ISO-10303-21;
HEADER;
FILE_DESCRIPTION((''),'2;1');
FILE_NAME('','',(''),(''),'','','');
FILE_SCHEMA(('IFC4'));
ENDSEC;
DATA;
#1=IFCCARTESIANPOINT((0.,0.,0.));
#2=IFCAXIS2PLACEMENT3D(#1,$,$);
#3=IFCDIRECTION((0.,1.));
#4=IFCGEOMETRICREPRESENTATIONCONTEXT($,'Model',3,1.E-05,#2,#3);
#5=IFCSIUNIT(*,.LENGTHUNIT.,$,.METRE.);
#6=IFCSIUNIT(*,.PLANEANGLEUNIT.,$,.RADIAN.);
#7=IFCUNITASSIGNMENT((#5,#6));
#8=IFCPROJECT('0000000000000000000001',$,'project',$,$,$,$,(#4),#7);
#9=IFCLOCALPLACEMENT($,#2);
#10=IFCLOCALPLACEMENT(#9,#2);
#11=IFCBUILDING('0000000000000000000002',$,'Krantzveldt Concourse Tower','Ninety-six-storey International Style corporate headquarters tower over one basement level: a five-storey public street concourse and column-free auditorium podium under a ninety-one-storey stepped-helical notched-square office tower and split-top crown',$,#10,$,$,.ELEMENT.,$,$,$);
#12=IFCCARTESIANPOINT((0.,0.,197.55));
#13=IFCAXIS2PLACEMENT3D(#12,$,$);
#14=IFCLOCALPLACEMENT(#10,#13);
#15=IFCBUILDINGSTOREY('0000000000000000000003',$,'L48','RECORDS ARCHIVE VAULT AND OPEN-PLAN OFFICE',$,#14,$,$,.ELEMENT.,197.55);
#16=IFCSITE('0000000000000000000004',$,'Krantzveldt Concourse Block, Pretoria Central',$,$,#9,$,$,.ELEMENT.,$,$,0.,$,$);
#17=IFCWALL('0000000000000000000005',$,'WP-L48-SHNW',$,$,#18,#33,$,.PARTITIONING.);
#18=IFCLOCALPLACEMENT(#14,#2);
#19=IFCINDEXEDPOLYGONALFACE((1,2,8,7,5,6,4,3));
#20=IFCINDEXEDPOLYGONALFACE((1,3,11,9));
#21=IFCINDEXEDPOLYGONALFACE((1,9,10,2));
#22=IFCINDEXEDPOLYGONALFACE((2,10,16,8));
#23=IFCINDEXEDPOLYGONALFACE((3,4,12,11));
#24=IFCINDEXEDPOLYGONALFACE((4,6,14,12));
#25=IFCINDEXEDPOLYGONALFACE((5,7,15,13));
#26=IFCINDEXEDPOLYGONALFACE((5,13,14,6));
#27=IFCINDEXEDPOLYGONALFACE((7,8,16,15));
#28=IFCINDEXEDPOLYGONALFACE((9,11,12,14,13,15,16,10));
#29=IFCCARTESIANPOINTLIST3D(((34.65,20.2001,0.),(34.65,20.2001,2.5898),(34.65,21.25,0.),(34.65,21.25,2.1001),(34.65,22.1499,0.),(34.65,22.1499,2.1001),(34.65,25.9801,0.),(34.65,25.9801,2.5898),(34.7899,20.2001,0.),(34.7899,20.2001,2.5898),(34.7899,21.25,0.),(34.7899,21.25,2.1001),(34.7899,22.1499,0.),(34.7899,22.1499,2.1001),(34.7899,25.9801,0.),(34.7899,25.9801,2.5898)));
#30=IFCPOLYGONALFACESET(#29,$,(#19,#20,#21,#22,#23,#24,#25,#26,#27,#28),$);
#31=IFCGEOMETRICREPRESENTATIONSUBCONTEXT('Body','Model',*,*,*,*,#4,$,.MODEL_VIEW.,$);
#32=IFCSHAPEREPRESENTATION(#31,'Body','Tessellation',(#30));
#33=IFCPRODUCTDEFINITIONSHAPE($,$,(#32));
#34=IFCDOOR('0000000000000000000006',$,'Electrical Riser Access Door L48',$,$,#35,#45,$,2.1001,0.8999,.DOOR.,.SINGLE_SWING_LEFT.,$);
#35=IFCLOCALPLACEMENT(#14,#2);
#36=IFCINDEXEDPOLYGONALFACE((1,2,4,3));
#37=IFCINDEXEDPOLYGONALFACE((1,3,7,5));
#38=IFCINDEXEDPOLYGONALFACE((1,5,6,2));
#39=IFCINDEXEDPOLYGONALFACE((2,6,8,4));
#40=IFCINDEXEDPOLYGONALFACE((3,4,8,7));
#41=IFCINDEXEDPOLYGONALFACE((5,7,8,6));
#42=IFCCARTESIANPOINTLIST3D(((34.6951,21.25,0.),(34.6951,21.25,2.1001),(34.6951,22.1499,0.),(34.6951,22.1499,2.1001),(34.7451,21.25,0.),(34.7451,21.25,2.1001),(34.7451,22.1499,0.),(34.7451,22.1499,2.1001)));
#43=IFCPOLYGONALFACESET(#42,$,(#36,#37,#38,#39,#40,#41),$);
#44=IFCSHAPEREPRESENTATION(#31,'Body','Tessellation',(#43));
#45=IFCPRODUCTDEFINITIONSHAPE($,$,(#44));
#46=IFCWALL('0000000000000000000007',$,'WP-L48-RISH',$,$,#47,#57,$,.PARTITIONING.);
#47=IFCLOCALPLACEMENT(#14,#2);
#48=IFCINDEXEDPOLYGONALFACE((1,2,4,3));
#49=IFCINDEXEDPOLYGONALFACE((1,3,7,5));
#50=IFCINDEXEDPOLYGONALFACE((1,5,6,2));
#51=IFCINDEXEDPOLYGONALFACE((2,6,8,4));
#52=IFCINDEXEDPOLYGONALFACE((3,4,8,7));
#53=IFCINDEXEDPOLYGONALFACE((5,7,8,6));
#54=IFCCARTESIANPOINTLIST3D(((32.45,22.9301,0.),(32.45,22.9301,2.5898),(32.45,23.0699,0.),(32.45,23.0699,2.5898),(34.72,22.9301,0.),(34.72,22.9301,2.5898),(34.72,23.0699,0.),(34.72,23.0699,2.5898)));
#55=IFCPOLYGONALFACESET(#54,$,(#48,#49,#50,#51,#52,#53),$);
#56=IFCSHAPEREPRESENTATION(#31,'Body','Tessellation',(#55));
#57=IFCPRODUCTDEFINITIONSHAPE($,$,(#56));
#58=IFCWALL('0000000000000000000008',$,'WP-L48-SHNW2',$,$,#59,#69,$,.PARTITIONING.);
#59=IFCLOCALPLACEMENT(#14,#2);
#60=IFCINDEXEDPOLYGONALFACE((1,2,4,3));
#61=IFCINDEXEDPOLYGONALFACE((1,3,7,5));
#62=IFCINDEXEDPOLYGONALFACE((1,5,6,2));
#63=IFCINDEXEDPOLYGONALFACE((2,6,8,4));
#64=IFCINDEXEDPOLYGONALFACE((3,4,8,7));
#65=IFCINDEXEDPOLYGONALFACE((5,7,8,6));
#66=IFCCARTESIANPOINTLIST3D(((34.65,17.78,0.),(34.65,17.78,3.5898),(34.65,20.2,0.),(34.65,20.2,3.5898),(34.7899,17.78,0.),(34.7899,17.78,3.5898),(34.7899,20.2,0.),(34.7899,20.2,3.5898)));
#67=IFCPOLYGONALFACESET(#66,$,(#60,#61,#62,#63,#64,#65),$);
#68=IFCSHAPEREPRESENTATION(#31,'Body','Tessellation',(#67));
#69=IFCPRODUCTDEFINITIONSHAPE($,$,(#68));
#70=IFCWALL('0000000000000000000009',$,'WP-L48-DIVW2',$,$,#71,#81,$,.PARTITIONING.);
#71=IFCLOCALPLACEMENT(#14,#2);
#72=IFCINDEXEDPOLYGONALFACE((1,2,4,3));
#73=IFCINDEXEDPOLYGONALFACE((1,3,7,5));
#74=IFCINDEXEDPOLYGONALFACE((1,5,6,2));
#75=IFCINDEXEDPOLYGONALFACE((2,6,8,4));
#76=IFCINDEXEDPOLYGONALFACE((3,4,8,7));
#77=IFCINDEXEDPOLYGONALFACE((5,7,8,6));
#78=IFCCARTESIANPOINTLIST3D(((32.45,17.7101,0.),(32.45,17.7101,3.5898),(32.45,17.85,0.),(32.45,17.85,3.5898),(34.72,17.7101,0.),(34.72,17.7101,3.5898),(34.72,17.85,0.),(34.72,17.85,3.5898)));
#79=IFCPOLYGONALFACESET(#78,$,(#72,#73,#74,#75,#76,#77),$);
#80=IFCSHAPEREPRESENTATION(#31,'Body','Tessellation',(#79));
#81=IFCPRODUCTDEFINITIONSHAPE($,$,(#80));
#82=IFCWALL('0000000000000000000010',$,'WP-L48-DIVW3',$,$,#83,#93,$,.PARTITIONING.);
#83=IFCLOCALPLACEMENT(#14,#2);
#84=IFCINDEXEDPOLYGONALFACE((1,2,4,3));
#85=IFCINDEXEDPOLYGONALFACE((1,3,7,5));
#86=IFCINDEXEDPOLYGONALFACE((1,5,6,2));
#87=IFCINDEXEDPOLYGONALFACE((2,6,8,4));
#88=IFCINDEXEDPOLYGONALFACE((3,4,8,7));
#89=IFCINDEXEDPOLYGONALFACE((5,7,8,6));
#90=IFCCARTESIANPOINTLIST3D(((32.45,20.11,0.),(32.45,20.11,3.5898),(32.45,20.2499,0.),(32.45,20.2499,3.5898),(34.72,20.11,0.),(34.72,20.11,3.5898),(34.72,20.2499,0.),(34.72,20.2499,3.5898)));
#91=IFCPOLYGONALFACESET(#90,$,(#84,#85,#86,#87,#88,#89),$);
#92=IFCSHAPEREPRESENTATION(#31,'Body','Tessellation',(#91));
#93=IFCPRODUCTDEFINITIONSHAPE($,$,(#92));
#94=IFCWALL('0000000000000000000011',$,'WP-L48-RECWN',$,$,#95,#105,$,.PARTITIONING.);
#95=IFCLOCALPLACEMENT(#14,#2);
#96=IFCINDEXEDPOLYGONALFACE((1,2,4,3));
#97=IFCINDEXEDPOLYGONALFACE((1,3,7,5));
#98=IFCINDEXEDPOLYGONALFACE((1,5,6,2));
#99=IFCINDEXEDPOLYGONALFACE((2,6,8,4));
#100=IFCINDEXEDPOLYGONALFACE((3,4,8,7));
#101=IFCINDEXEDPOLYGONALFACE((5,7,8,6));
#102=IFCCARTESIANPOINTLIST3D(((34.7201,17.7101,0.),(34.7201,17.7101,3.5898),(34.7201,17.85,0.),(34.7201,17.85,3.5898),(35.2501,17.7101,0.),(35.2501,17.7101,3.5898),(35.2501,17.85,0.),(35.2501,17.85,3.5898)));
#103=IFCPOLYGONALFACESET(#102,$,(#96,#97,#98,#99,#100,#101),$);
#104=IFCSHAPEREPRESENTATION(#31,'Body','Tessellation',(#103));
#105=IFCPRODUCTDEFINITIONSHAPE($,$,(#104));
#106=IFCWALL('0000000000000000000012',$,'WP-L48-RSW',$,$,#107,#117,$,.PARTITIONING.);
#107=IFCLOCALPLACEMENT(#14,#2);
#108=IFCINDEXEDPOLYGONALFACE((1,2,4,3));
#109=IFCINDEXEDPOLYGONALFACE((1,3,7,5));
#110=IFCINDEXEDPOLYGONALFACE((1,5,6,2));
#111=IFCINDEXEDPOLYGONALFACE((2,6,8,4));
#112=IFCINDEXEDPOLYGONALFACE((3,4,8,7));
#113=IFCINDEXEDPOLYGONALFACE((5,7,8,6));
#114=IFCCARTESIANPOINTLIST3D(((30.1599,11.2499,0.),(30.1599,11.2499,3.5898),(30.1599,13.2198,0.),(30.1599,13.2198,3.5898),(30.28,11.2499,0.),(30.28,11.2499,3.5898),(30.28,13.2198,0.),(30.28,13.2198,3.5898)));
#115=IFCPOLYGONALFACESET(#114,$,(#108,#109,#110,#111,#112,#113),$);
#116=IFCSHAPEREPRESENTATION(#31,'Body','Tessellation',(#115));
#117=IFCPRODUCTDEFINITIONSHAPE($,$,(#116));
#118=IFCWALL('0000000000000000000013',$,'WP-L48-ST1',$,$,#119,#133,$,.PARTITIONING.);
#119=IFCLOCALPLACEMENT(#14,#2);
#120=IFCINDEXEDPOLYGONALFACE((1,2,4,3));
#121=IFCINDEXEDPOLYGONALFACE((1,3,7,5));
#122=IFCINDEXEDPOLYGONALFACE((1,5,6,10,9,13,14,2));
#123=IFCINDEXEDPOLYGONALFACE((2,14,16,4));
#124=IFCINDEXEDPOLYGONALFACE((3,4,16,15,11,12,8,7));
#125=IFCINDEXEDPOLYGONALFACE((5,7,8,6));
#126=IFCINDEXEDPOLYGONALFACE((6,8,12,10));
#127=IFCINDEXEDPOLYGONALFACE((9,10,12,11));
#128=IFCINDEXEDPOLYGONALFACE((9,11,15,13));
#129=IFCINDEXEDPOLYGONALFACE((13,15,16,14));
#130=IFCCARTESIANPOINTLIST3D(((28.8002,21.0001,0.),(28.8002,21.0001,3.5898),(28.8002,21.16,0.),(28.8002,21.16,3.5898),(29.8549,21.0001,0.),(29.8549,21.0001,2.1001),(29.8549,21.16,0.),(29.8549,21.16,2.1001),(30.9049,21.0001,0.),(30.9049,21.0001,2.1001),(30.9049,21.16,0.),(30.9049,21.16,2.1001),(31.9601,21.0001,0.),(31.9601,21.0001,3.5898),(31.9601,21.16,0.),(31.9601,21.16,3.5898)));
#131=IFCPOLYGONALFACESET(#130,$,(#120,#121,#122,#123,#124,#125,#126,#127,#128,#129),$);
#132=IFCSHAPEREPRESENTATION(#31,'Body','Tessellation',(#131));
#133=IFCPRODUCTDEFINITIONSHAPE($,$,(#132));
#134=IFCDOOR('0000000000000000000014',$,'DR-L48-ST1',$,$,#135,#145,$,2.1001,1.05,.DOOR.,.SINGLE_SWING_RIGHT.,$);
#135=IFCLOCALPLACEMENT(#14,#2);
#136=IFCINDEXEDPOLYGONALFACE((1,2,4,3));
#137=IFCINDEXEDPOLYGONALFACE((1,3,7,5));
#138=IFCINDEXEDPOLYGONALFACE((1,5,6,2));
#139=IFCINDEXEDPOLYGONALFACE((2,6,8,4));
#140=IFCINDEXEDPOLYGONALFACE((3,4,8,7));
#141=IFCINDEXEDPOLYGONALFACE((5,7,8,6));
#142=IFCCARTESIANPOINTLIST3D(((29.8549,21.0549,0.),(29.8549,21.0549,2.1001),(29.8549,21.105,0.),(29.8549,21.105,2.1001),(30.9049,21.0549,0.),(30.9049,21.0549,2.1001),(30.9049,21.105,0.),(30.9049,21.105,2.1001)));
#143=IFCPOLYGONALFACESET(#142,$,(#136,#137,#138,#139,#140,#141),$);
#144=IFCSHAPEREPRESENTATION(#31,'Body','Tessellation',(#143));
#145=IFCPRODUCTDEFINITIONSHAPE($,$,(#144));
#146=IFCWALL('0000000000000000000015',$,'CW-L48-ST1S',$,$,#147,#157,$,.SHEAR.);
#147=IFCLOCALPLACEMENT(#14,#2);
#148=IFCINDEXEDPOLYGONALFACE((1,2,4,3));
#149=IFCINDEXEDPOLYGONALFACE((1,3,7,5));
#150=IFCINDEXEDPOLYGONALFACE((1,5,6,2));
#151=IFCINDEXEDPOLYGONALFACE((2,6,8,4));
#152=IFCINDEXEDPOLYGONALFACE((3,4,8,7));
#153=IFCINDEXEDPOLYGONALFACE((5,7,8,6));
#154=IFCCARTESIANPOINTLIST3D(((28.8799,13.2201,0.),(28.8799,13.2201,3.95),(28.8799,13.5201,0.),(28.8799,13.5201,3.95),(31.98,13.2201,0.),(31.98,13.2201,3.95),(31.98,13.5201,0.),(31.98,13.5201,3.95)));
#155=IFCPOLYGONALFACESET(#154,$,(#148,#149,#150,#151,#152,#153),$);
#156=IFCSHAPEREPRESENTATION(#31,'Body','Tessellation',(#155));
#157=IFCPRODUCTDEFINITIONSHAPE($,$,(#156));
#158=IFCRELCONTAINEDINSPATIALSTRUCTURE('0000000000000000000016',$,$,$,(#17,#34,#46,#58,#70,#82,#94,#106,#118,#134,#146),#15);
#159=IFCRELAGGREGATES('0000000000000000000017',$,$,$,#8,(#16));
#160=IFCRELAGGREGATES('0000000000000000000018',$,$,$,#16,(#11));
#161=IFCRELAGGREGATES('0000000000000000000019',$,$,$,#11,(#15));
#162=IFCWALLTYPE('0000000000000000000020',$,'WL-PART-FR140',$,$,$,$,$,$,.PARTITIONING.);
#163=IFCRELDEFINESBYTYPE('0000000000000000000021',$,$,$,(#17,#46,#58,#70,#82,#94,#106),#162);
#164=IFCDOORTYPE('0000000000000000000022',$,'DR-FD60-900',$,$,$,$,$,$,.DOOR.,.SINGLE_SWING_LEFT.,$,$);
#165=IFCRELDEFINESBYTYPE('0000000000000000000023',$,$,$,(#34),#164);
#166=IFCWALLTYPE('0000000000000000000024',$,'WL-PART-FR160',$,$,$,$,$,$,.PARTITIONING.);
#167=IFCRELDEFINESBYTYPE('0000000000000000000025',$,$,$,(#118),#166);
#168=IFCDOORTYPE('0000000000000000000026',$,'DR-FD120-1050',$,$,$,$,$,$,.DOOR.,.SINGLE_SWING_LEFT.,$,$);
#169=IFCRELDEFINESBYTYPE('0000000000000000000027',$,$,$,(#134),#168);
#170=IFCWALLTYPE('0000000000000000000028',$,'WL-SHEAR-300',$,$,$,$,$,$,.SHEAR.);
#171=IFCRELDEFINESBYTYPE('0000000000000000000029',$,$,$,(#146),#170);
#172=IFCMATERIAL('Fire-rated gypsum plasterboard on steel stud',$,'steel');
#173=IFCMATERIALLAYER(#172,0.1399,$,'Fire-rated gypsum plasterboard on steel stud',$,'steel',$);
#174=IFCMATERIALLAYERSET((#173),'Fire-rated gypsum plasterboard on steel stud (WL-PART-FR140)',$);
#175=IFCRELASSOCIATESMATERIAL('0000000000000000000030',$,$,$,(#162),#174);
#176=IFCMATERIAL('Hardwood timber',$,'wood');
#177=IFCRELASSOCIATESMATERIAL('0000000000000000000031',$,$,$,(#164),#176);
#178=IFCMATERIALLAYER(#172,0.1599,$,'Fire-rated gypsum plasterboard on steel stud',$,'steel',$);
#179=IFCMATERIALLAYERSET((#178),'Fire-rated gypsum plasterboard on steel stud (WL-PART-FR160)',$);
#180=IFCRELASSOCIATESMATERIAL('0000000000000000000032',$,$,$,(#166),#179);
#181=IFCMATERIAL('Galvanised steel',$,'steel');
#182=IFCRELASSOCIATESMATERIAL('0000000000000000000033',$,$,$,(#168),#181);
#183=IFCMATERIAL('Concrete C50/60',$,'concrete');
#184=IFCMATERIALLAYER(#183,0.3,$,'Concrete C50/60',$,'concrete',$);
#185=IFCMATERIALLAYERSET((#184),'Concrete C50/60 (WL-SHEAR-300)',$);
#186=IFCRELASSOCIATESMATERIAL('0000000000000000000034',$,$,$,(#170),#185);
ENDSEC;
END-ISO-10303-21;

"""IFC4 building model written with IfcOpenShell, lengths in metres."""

from ifc_helpers import new_model, si_unit, direction, frame, frame_2d, origin, place, context, subcontext, project, spatial, rectangle, extrude, material, layer, layer_set, type_object, element, fill, save


model = new_model("IFC4")

# Units and contexts
model_context = context("Model", 3, precision=1e-05, world=origin(), true_north=direction((0.0, 1.0)))
body_context = subcontext(model_context, "Body", "Model", "MODEL_VIEW")
ifc_project = project(units=[si_unit("LENGTHUNIT", "METRE"), si_unit("PLANEANGLEUNIT", "RADIAN")], contexts=[model_context])

# Site, building, storey
site_placement = place(None, origin())
site = spatial("IfcSite", under=ifc_project, at=site_placement, Name="Krantzveldt Concourse Block, Pretoria Central", CompositionType="ELEMENT", RefElevation=0.0)
building_placement = place(site_placement, origin())
building = spatial("IfcBuilding", under=site, at=building_placement, Name="Krantzveldt Concourse Tower", Description="Ninety-six-storey International Style corporate headquarters tower over one basement level: a five-storey public street concourse and column-free auditorium podium under a ninety-one-storey stepped-helical notched-square office tower and split-top crown", CompositionType="ELEMENT")
storey_placement = place(building_placement, frame((0.0, 0.0, 197.55)))
storey = spatial("IfcBuildingStorey", under=building, at=storey_placement, Name="L48", Description="RECORDS ARCHIVE VAULT AND OPEN-PLAN OFFICE", CompositionType="ELEMENT", Elevation=197.55)

# Shared definitions
ifc_material_1 = material(Name="Concrete C50/60", Category="concrete")

# Wall, opening, door
ifc_material_2 = material(Name="Fire-rated gypsum plasterboard on steel stud", Category="steel")
ifc_material_3 = material(Name="Hardwood timber", Category="wood")
ifc_layer_1 = layer(ifc_material_2, 0.1399, Name="Fire-rated gypsum plasterboard on steel stud", Category="steel")
ifc_layer_set_1 = layer_set([ifc_layer_1], Name="Fire-rated gypsum plasterboard on steel stud (WL-PART-FR140)")
wall_type_1 = type_object("IfcWallType", Name="WL-PART-FR140", PredefinedType="PARTITIONING", material=ifc_layer_set_1)
wall_1_placement = place(storey_placement, frame((34.72, 20.2, 0.0), z_axis=(0.0, 0.0, 1.0), x_axis=(0.0, 1.0, 0.0)))
wall_1 = element("IfcWall", 1, at=wall_1_placement, inside=storey, type_object=wall_type_1, Name="WP-L48-SHNW", PredefinedType="PARTITIONING", context=body_context, shape_type="SweptSolid", body=[
    extrude(rectangle(XDim=5.78, YDim=0.1399, at=frame_2d((2.8901, 0.0))), origin(), (0.0, 0.0, 1.0), 2.5898),
])
opening_1_placement = place(wall_1_placement, frame((1.05, 0.0, 0.0)))
opening_1 = element("IfcOpeningElement", 2, at=opening_1_placement, cuts=wall_1, PredefinedType="OPENING", context=body_context, shape_type="SweptSolid", body=[
    extrude(rectangle(XDim=0.8999, YDim=2.1001, at=frame_2d((0.45, 1.05))), frame((0.0, 0.0801, 0.0), z_axis=(0.0, -1.0, 0.0), x_axis=(1.0, 0.0, 0.0)), (0.0, 0.0, 1.0), 0.1599),
])
door_type_1 = type_object("IfcDoorType", Name="DR-FD60-900", OperationType="SINGLE_SWING_LEFT", PredefinedType="DOOR", material=ifc_material_3)
door_1_placement = place(opening_1_placement, origin())
door_1 = element("IfcDoor", 3, at=door_1_placement, inside=storey, type_object=door_type_1, Name="Electrical Riser Access Door L48", OperationType="SINGLE_SWING_LEFT", OverallHeight=2.1001, OverallWidth=0.8999, PredefinedType="DOOR", context=body_context, shape_type="SweptSolid", body=[
    extrude(rectangle(XDim=0.8999, YDim=2.1001, at=frame_2d((0.45, 1.05))), frame((0.0, 0.0249, 0.0), z_axis=(0.0, -1.0, 0.0), x_axis=(1.0, 0.0, 0.0)), (0.0, 0.0, 1.0), 0.05),
])
fill(opening_1, door_1)

# Walls
wall_2_placement = place(storey_placement, frame((32.45, 23.0, 0.0), z_axis=(0.0, 0.0, 1.0), x_axis=(1.0, 0.0, 0.0)))
element("IfcWall", 4, at=wall_2_placement, inside=storey, type_object=wall_type_1, Name="WP-L48-RISH", PredefinedType="PARTITIONING", context=body_context, shape_type="SweptSolid", body=[
    extrude(rectangle(XDim=2.27, YDim=0.1399, at=frame_2d((1.135, 0.0))), origin(), (0.0, 0.0, 1.0), 2.5898),
])
wall_3_placement = place(storey_placement, frame((34.72, 17.78, 0.0), z_axis=(0.0, 0.0, 1.0), x_axis=(0.0, 1.0, 0.0)))
element("IfcWall", 5, at=wall_3_placement, inside=storey, type_object=wall_type_1, Name="WP-L48-SHNW2", PredefinedType="PARTITIONING", context=body_context, shape_type="SweptSolid", body=[
    extrude(rectangle(XDim=2.4199, YDim=0.1399, at=frame_2d((1.21, 0.0))), origin(), (0.0, 0.0, 1.0), 3.5898),
])
for number, where, z_axis, x_axis, name in (
    (6, (32.45, 17.78, 0.0), (0.0, 0.0, 1.0), (1.0, 0.0, 0.0), "WP-L48-DIVW2"),
    (7, (32.45, 20.1799, 0.0), (0.0, 0.0, 1.0), (1.0, 0.0, 0.0), "WP-L48-DIVW3"),
):
    element("IfcWall", number, at=place(storey_placement, frame(where, z_axis=z_axis, x_axis=x_axis)), inside=storey, type_object=wall_type_1, Name=name, PredefinedType="PARTITIONING", context=body_context, shape_type="SweptSolid", body=[
        extrude(rectangle(XDim=2.27, YDim=0.1399, at=frame_2d((1.135, 0.0))), origin(), (0.0, 0.0, 1.0), 3.5898),
    ])
wall_4_placement = place(storey_placement, frame((34.72, 17.78, 0.0), z_axis=(0.0, 0.0, 1.0), x_axis=(1.0, 0.0, 0.0)))
element("IfcWall", 8, at=wall_4_placement, inside=storey, type_object=wall_type_1, Name="WP-L48-RECWN", PredefinedType="PARTITIONING", context=body_context, shape_type="SweptSolid", body=[
    extrude(rectangle(XDim=0.53, YDim=0.1399, at=frame_2d((0.2651, 0.0))), origin(), (0.0, 0.0, 1.0), 3.5898),
])
wall_5_placement = place(storey_placement, frame((30.22, 11.25, 0.0), z_axis=(0.0, 0.0, 1.0), x_axis=(0.0, 1.0, 0.0)))
element("IfcWall", 9, at=wall_5_placement, inside=storey, type_object=wall_type_1, Name="WP-L48-RSW", PredefinedType="PARTITIONING", context=body_context, shape_type="SweptSolid", body=[
    extrude(rectangle(XDim=1.97, YDim=0.1201, at=frame_2d((0.9849, 0.0))), origin(), (0.0, 0.0, 1.0), 3.5898),
])

# Wall, opening, door
ifc_layer_2 = layer(ifc_material_2, 0.1599, Name="Fire-rated gypsum plasterboard on steel stud", Category="steel")
ifc_layer_set_2 = layer_set([ifc_layer_2], Name="Fire-rated gypsum plasterboard on steel stud (WL-PART-FR160)")
wall_type_2 = type_object("IfcWallType", Name="WL-PART-FR160", PredefinedType="PARTITIONING", material=ifc_layer_set_2)
wall_6_placement = place(storey_placement, frame((28.8, 21.0801, 0.0), z_axis=(0.0, 0.0, 1.0), x_axis=(1.0, 0.0, 0.0)))
wall_6 = element("IfcWall", 10, at=wall_6_placement, inside=storey, type_object=wall_type_2, Name="WP-L48-ST1", PredefinedType="PARTITIONING", context=body_context, shape_type="SweptSolid", body=[
    extrude(rectangle(XDim=3.1599, YDim=0.1599, at=frame_2d((1.5801, 0.0))), origin(), (0.0, 0.0, 1.0), 3.5898),
])
opening_2_placement = place(wall_6_placement, frame((1.0549, 0.0, 0.0)))
opening_2 = element("IfcOpeningElement", 11, at=opening_2_placement, cuts=wall_6, PredefinedType="OPENING", context=body_context, shape_type="SweptSolid", body=[
    extrude(rectangle(XDim=1.05, YDim=2.1001, at=frame_2d((0.5249, 1.05))), frame((0.0, 0.0898, 0.0), z_axis=(0.0, -1.0, 0.0), x_axis=(1.0, 0.0, 0.0)), (0.0, 0.0, 1.0), 0.1799),
])
ifc_material_4 = material(Name="Galvanised steel", Category="steel")
door_type_2 = type_object("IfcDoorType", Name="DR-FD120-1050", OperationType="SINGLE_SWING_LEFT", PredefinedType="DOOR", material=ifc_material_4)
door_2_placement = place(opening_2_placement, origin())
door_2 = element("IfcDoor", 12, at=door_2_placement, inside=storey, type_object=door_type_2, Name="DR-L48-ST1", OperationType="SINGLE_SWING_RIGHT", OverallHeight=2.1001, OverallWidth=1.05, PredefinedType="DOOR", context=body_context, shape_type="SweptSolid", body=[
    extrude(rectangle(XDim=1.05, YDim=2.1001, at=frame_2d((0.5249, 1.05))), frame((0.0, 0.0249, 0.0), z_axis=(0.0, -1.0, 0.0), x_axis=(1.0, 0.0, 0.0)), (0.0, 0.0, 1.0), 0.05),
])
fill(opening_2, door_2)

# Wall
ifc_layer_3 = layer(ifc_material_1, 0.3, Name="Concrete C50/60", Category="concrete")
ifc_layer_set_3 = layer_set([ifc_layer_3], Name="Concrete C50/60 (WL-SHEAR-300)")
wall_type_3 = type_object("IfcWallType", Name="WL-SHEAR-300", PredefinedType="SHEAR", material=ifc_layer_set_3)
wall_7_placement = place(storey_placement, frame((28.8799, 13.3701, 0.0), z_axis=(0.0, 0.0, 1.0), x_axis=(1.0, 0.0, 0.0)))
element("IfcWall", 13, at=wall_7_placement, inside=storey, type_object=wall_type_3, Name="CW-L48-ST1S", PredefinedType="SHEAR", context=body_context, shape_type="SweptSolid", body=[
    extrude(rectangle(XDim=3.1001, YDim=0.3, at=frame_2d((1.55, 0.0))), origin(), (0.0, 0.0, 1.0), 3.95),
])

save(model, "model.ifc")
